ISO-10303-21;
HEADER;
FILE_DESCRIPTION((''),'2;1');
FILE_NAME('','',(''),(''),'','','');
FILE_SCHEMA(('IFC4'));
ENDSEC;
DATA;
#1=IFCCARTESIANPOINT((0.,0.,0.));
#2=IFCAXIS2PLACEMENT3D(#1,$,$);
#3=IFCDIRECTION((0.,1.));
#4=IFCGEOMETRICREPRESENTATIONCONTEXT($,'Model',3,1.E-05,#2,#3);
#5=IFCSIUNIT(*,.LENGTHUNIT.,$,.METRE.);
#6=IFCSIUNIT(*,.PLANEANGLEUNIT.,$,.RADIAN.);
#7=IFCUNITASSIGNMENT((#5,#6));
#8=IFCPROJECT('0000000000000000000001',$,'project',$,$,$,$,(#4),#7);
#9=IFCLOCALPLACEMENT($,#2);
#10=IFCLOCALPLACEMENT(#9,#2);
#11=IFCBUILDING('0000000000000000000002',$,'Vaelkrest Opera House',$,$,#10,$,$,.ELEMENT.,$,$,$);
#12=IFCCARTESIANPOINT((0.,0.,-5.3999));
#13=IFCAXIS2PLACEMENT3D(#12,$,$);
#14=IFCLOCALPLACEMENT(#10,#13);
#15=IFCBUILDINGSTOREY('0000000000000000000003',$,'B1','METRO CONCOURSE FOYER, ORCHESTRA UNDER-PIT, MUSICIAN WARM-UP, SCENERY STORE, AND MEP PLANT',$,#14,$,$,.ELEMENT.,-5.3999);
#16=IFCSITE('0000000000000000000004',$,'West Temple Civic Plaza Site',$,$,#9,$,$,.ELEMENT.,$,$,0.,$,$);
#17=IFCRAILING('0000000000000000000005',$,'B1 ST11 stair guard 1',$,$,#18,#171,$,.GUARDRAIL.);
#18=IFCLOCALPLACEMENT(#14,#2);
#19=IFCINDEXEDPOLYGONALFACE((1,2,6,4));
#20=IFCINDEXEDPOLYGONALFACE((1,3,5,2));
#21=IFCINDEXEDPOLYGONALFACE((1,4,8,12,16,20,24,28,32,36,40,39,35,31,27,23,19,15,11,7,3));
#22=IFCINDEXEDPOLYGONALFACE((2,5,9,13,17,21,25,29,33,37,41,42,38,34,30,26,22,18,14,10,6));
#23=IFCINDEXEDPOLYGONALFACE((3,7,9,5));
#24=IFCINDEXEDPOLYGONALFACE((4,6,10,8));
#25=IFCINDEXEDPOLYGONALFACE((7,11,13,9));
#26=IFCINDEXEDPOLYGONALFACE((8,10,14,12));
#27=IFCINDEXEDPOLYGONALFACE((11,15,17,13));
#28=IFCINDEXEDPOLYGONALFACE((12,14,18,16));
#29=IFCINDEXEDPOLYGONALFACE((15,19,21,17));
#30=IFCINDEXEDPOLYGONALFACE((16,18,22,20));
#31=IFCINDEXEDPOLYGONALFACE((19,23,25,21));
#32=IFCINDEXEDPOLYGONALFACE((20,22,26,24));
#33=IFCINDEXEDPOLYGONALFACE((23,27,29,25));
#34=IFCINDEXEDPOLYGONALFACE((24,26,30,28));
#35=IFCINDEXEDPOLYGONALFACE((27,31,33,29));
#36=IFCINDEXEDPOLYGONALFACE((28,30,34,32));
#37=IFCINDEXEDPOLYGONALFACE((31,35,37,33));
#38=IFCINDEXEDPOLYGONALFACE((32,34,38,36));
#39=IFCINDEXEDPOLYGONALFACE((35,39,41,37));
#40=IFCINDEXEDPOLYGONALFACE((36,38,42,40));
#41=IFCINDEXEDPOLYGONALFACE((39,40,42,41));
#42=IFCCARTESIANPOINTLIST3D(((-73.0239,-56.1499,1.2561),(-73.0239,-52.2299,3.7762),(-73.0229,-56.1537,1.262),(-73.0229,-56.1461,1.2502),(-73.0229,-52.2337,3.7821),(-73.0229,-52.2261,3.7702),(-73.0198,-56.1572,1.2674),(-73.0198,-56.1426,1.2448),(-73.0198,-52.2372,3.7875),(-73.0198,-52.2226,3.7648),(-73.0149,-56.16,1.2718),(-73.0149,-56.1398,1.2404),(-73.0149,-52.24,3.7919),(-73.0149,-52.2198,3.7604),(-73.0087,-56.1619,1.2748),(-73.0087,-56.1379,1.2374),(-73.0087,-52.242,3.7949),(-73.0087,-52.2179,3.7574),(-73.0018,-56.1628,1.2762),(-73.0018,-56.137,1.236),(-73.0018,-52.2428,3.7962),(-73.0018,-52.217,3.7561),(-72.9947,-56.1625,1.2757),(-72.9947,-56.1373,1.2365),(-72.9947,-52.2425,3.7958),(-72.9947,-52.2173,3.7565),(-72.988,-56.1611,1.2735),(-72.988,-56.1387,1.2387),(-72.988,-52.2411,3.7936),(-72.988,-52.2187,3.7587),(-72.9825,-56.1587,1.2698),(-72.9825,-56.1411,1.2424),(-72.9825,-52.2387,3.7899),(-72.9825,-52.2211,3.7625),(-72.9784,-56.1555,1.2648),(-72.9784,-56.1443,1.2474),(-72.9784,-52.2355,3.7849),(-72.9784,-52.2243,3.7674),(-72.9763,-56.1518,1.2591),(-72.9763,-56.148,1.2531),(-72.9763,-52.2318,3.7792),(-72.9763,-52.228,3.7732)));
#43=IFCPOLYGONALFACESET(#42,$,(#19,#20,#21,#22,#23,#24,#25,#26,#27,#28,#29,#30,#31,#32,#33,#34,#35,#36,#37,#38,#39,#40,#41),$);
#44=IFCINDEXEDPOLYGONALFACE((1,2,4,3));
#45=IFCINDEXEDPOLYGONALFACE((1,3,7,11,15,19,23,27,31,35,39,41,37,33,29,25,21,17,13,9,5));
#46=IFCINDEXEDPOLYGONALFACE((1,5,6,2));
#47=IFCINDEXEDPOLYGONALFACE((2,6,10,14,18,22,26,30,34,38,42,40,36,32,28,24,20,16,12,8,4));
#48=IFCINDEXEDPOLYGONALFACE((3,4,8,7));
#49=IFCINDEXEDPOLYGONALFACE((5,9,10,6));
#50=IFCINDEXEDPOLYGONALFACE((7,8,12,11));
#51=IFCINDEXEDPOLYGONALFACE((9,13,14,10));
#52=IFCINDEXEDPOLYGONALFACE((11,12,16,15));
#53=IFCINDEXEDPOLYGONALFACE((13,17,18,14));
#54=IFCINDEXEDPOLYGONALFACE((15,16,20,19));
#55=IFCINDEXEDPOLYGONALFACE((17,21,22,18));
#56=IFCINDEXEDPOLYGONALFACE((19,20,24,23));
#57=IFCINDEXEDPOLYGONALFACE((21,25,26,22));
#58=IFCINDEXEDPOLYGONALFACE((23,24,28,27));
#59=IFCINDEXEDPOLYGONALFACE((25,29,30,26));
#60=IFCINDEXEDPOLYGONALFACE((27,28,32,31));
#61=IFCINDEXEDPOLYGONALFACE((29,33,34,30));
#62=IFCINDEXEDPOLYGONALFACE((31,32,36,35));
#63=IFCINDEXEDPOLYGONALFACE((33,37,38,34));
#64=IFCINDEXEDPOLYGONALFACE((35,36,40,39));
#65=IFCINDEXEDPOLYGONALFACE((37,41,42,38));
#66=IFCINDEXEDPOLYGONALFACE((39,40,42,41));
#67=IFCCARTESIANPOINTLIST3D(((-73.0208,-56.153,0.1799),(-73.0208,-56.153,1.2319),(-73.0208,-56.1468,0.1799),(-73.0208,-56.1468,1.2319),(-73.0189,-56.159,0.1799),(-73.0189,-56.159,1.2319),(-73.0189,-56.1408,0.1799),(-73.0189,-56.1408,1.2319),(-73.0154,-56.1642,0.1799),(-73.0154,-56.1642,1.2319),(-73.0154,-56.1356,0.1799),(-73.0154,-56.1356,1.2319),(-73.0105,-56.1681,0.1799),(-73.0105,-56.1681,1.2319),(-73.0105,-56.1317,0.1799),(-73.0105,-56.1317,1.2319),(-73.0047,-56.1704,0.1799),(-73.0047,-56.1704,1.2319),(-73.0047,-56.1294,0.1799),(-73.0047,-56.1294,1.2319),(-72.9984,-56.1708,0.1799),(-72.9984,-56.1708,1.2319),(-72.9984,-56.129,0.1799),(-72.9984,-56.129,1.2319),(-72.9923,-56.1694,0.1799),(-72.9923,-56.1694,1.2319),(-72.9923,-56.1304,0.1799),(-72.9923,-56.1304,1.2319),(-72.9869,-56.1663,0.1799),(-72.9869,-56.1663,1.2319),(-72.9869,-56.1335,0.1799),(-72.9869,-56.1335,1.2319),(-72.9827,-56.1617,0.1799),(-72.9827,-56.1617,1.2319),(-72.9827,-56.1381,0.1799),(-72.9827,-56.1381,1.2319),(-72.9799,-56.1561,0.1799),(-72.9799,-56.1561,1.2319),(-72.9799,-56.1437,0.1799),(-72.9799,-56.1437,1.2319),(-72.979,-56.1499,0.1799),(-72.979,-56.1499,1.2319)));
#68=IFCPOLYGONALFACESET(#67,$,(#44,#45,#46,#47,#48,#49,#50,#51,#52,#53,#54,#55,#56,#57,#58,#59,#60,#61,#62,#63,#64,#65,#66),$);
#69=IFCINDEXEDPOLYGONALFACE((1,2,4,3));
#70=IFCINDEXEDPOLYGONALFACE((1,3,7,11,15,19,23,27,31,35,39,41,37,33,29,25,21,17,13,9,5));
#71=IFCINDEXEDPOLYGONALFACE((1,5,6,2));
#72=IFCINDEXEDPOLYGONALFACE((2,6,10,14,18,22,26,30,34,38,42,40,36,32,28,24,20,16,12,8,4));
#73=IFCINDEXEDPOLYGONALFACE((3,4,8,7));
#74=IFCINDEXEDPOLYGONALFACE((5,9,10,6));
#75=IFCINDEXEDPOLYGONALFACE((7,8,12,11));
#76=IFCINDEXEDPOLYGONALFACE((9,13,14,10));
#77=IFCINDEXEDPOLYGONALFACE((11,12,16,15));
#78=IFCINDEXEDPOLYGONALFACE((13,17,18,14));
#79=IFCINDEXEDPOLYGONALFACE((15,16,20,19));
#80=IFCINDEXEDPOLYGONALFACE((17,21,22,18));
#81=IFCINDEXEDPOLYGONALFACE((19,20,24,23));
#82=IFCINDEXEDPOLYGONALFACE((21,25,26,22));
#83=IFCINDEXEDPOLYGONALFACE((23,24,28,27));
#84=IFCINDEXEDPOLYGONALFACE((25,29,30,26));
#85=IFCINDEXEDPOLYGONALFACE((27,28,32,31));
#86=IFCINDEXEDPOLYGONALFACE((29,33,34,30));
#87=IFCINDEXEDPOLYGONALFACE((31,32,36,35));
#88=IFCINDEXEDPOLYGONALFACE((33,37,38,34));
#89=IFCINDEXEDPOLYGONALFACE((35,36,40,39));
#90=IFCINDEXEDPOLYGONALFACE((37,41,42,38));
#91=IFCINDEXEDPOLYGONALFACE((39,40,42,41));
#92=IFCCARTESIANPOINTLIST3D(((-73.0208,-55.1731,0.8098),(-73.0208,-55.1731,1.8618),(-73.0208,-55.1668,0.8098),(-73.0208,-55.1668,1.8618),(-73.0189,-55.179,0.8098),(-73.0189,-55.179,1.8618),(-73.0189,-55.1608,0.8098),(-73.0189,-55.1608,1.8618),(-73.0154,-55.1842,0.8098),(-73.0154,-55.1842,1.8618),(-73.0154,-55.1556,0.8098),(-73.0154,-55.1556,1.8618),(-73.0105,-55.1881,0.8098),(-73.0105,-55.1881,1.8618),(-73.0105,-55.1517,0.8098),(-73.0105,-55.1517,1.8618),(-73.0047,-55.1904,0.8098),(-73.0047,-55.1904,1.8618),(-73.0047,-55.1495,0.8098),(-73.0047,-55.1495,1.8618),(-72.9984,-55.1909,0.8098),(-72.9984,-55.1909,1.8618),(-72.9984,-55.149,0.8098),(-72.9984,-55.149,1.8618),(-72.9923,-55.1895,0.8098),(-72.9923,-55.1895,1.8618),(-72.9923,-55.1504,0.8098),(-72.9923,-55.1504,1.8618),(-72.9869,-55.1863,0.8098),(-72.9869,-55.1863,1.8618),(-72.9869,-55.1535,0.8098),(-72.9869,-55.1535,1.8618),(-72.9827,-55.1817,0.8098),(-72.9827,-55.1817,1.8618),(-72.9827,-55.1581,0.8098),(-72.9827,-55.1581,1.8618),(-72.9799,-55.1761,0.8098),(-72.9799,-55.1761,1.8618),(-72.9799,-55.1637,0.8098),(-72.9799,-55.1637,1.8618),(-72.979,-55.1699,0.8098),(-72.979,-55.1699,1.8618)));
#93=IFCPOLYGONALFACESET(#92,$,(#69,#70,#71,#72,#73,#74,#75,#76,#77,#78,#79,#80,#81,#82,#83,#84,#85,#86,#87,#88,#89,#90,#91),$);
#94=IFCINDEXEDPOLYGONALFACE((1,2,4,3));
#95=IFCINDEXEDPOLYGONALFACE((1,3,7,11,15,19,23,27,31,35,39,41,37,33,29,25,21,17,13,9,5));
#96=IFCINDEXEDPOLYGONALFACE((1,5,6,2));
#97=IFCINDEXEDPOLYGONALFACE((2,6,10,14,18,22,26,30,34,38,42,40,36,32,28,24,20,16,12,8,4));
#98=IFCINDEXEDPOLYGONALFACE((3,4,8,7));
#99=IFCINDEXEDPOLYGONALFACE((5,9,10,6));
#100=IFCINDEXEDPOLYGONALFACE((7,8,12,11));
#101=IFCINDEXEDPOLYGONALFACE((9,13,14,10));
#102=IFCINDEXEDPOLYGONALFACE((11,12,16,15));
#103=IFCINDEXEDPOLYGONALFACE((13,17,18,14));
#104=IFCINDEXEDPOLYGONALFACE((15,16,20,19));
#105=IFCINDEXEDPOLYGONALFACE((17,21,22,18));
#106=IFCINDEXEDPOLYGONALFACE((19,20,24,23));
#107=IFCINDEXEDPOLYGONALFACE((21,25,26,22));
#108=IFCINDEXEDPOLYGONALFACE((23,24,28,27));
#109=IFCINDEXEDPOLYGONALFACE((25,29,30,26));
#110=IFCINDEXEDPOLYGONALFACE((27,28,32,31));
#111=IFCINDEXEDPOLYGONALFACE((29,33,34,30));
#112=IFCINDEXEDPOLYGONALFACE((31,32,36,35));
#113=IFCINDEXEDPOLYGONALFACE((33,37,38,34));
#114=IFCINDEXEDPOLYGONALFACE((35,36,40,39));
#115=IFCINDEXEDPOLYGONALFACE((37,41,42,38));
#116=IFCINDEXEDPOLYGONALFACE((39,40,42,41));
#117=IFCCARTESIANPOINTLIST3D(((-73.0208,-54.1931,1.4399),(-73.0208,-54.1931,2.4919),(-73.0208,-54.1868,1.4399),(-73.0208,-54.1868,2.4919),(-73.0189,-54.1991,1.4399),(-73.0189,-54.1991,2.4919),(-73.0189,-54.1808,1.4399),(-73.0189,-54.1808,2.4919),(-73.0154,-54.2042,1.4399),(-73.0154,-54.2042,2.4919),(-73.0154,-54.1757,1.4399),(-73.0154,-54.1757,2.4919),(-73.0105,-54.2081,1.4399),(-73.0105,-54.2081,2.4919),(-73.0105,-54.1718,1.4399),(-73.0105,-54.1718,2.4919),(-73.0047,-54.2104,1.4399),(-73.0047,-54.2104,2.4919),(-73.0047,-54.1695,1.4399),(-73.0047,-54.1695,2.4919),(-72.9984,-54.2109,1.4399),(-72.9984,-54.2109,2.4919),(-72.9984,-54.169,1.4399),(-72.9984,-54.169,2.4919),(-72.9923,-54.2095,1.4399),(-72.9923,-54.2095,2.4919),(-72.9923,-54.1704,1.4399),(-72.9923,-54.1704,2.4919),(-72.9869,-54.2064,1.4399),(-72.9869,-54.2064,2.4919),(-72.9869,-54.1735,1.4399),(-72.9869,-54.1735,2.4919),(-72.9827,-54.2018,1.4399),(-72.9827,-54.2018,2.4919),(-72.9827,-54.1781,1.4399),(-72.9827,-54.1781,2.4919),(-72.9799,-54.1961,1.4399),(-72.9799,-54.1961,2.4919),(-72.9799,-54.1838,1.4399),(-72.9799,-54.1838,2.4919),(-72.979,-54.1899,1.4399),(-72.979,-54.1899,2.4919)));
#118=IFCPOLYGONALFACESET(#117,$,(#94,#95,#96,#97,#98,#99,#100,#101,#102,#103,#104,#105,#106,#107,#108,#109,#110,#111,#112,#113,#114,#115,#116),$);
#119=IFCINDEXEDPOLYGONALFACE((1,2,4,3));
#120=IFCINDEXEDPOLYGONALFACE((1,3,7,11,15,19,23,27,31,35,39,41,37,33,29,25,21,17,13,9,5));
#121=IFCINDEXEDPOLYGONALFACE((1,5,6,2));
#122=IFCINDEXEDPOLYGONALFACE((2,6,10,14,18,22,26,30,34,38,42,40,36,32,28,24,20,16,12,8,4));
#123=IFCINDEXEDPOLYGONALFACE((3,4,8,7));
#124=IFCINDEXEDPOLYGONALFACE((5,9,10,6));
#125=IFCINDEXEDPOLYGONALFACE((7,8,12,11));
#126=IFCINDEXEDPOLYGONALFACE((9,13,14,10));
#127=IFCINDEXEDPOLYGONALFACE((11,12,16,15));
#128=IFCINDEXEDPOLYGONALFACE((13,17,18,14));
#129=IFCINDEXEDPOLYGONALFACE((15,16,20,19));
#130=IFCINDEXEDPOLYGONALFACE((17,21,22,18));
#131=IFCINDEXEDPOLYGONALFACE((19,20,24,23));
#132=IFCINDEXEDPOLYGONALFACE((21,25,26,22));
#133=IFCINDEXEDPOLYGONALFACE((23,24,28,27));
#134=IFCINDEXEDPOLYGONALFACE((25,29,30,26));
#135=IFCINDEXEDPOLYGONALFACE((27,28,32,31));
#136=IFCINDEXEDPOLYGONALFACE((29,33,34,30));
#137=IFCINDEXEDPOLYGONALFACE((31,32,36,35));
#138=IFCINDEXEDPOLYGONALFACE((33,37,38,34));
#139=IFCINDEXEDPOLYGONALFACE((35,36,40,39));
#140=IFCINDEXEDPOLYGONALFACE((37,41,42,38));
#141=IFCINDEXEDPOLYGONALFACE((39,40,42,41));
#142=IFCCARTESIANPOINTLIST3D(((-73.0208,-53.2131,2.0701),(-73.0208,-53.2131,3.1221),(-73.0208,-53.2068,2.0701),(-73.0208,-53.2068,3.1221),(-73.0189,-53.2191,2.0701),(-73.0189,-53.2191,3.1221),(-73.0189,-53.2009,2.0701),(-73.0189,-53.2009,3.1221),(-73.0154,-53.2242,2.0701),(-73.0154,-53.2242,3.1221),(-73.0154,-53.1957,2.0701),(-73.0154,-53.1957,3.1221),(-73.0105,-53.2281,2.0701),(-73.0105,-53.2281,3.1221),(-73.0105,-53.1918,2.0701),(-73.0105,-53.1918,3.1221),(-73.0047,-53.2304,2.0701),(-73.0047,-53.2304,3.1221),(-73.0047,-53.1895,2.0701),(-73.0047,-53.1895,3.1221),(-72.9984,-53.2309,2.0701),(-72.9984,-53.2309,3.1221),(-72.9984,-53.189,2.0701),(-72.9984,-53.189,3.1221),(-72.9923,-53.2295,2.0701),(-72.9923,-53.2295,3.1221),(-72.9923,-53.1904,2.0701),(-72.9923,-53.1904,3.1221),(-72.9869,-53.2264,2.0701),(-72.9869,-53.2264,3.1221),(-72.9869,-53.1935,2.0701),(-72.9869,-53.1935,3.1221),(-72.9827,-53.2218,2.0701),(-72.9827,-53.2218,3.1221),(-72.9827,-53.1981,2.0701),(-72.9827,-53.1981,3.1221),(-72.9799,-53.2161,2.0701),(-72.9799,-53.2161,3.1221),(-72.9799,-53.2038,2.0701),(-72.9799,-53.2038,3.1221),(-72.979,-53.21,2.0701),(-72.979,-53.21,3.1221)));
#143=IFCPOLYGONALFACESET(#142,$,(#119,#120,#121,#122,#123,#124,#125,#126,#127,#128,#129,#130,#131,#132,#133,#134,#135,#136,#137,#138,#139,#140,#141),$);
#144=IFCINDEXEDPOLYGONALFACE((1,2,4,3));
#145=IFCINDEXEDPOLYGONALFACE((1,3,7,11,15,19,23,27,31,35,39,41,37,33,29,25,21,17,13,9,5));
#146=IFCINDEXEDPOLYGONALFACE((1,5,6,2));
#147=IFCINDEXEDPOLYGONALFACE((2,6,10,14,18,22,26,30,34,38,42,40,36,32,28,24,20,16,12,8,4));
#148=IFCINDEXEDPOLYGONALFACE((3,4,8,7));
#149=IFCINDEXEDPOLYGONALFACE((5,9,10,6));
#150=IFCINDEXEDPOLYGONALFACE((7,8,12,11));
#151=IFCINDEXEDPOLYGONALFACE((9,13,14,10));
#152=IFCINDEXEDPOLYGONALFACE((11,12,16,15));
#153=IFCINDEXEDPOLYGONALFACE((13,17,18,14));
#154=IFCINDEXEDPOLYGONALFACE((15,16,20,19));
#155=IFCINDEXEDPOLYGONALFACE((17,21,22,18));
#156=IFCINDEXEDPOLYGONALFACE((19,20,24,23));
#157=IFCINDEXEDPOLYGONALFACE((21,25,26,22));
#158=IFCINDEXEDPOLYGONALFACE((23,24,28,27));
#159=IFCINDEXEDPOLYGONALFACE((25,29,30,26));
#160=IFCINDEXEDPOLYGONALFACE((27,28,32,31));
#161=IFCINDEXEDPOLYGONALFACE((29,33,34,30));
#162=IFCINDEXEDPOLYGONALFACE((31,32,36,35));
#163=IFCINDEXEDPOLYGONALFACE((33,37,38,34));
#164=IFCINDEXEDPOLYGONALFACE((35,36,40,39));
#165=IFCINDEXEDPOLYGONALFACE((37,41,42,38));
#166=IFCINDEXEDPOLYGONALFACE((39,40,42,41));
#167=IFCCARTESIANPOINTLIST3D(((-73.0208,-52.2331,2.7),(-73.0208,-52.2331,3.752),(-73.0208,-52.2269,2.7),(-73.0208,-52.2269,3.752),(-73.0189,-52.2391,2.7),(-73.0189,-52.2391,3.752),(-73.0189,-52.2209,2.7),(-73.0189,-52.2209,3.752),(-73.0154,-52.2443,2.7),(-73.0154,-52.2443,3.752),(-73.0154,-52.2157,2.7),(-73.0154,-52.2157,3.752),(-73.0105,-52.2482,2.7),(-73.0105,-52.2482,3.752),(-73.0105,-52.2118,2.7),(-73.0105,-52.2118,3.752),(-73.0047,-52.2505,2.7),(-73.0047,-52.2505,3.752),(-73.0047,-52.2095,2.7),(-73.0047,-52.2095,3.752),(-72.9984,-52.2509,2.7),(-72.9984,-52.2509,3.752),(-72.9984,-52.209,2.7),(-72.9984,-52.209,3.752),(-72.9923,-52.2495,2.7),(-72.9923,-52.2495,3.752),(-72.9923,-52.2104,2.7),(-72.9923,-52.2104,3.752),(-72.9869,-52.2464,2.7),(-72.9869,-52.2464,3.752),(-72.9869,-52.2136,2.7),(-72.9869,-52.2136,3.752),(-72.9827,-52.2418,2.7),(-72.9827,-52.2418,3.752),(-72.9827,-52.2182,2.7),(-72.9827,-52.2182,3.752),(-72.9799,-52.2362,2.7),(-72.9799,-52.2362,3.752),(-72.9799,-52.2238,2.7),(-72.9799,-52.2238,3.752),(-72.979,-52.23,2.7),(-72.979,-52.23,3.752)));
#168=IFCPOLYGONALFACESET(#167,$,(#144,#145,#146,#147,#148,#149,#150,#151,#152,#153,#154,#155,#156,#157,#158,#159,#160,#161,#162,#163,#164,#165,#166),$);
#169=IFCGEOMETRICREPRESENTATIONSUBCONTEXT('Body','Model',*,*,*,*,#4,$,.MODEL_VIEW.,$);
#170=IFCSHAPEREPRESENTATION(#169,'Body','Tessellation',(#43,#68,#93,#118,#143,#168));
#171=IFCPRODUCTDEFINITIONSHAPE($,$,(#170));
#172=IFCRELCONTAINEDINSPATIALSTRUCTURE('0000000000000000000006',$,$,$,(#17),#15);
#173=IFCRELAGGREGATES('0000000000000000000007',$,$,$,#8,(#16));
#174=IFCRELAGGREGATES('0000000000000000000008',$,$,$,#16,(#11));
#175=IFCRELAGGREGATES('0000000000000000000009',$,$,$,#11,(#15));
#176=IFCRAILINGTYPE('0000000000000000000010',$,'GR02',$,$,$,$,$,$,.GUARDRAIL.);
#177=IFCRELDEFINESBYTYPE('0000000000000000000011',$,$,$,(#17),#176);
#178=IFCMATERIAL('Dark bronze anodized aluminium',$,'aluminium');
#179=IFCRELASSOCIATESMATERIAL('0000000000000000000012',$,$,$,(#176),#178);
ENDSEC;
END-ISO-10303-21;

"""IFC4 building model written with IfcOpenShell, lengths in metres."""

from ifc_helpers import new_model, si_unit, direction, frame, origin, origin_2d, place, context, subcontext, project, spatial, circle, extrude, material, type_object, element, save


model = new_model("IFC4")

# Units and contexts
model_context = context("Model", 3, precision=1e-05, world=origin(), true_north=direction((0.0, 1.0)))
body_context = subcontext(model_context, "Body", "Model", "MODEL_VIEW")
ifc_project = project(units=[si_unit("LENGTHUNIT", "METRE"), si_unit("PLANEANGLEUNIT", "RADIAN")], contexts=[model_context])

# Site, building, storey
site_placement = place(None, origin())
site = spatial("IfcSite", under=ifc_project, at=site_placement, Name="West Temple Civic Plaza Site", CompositionType="ELEMENT", RefElevation=0.0)
building_placement = place(site_placement, origin())
building = spatial("IfcBuilding", under=site, at=building_placement, Name="Vaelkrest Opera House", CompositionType="ELEMENT")
storey_placement = place(building_placement, frame((0.0, 0.0, -5.3999)))
storey = spatial("IfcBuildingStorey", under=building, at=storey_placement, Name="B1", Description="METRO CONCOURSE FOYER, ORCHESTRA UNDER-PIT, MUSICIAN WARM-UP, SCENERY STORE, AND MEP PLANT", CompositionType="ELEMENT", Elevation=-5.3999)

# Railing
ifc_material_1 = material(Name="Dark bronze anodized aluminium", Category="aluminium")
railing_type_1 = type_object("IfcRailingType", Name="GR02", PredefinedType="GUARDRAIL", material=ifc_material_1)
railing_1_placement = place(storey_placement, frame((-73.0, -56.1499, 0.1799)))
element("IfcRailing", 1, at=railing_1_placement, inside=storey, type_object=railing_type_1, Name="B1 ST11 stair guard 1", PredefinedType="GUARDRAIL", context=body_context, shape_type="SweptSolid", body=[
    extrude(circle(Radius=0.0239, at=origin_2d()), frame((0.0, 0.0, 1.0762), z_axis=(0.0, 0.841172, 0.540768), x_axis=(-1.0, 0.0, 0.0)), (0.0, 0.0, 1.0), 4.6602),
    extrude(circle(Radius=0.021, at=origin_2d()), origin(), (0.0, 0.0, 1.0), 1.052),
    extrude(circle(Radius=0.021, at=origin_2d()), frame((0.0, 0.98, 0.6299)), (0.0, 0.0, 1.0), 1.052),
    extrude(circle(Radius=0.021, at=origin_2d()), frame((0.0, 1.96, 1.26)), (0.0, 0.0, 1.0), 1.052),
    extrude(circle(Radius=0.021, at=origin_2d()), frame((0.0, 2.9399, 1.8901)), (0.0, 0.0, 1.0), 1.052),
    extrude(circle(Radius=0.021, at=origin_2d()), frame((0.0, 3.9199, 2.52)), (0.0, 0.0, 1.0), 1.052),
])

save(model, "model.ifc")
